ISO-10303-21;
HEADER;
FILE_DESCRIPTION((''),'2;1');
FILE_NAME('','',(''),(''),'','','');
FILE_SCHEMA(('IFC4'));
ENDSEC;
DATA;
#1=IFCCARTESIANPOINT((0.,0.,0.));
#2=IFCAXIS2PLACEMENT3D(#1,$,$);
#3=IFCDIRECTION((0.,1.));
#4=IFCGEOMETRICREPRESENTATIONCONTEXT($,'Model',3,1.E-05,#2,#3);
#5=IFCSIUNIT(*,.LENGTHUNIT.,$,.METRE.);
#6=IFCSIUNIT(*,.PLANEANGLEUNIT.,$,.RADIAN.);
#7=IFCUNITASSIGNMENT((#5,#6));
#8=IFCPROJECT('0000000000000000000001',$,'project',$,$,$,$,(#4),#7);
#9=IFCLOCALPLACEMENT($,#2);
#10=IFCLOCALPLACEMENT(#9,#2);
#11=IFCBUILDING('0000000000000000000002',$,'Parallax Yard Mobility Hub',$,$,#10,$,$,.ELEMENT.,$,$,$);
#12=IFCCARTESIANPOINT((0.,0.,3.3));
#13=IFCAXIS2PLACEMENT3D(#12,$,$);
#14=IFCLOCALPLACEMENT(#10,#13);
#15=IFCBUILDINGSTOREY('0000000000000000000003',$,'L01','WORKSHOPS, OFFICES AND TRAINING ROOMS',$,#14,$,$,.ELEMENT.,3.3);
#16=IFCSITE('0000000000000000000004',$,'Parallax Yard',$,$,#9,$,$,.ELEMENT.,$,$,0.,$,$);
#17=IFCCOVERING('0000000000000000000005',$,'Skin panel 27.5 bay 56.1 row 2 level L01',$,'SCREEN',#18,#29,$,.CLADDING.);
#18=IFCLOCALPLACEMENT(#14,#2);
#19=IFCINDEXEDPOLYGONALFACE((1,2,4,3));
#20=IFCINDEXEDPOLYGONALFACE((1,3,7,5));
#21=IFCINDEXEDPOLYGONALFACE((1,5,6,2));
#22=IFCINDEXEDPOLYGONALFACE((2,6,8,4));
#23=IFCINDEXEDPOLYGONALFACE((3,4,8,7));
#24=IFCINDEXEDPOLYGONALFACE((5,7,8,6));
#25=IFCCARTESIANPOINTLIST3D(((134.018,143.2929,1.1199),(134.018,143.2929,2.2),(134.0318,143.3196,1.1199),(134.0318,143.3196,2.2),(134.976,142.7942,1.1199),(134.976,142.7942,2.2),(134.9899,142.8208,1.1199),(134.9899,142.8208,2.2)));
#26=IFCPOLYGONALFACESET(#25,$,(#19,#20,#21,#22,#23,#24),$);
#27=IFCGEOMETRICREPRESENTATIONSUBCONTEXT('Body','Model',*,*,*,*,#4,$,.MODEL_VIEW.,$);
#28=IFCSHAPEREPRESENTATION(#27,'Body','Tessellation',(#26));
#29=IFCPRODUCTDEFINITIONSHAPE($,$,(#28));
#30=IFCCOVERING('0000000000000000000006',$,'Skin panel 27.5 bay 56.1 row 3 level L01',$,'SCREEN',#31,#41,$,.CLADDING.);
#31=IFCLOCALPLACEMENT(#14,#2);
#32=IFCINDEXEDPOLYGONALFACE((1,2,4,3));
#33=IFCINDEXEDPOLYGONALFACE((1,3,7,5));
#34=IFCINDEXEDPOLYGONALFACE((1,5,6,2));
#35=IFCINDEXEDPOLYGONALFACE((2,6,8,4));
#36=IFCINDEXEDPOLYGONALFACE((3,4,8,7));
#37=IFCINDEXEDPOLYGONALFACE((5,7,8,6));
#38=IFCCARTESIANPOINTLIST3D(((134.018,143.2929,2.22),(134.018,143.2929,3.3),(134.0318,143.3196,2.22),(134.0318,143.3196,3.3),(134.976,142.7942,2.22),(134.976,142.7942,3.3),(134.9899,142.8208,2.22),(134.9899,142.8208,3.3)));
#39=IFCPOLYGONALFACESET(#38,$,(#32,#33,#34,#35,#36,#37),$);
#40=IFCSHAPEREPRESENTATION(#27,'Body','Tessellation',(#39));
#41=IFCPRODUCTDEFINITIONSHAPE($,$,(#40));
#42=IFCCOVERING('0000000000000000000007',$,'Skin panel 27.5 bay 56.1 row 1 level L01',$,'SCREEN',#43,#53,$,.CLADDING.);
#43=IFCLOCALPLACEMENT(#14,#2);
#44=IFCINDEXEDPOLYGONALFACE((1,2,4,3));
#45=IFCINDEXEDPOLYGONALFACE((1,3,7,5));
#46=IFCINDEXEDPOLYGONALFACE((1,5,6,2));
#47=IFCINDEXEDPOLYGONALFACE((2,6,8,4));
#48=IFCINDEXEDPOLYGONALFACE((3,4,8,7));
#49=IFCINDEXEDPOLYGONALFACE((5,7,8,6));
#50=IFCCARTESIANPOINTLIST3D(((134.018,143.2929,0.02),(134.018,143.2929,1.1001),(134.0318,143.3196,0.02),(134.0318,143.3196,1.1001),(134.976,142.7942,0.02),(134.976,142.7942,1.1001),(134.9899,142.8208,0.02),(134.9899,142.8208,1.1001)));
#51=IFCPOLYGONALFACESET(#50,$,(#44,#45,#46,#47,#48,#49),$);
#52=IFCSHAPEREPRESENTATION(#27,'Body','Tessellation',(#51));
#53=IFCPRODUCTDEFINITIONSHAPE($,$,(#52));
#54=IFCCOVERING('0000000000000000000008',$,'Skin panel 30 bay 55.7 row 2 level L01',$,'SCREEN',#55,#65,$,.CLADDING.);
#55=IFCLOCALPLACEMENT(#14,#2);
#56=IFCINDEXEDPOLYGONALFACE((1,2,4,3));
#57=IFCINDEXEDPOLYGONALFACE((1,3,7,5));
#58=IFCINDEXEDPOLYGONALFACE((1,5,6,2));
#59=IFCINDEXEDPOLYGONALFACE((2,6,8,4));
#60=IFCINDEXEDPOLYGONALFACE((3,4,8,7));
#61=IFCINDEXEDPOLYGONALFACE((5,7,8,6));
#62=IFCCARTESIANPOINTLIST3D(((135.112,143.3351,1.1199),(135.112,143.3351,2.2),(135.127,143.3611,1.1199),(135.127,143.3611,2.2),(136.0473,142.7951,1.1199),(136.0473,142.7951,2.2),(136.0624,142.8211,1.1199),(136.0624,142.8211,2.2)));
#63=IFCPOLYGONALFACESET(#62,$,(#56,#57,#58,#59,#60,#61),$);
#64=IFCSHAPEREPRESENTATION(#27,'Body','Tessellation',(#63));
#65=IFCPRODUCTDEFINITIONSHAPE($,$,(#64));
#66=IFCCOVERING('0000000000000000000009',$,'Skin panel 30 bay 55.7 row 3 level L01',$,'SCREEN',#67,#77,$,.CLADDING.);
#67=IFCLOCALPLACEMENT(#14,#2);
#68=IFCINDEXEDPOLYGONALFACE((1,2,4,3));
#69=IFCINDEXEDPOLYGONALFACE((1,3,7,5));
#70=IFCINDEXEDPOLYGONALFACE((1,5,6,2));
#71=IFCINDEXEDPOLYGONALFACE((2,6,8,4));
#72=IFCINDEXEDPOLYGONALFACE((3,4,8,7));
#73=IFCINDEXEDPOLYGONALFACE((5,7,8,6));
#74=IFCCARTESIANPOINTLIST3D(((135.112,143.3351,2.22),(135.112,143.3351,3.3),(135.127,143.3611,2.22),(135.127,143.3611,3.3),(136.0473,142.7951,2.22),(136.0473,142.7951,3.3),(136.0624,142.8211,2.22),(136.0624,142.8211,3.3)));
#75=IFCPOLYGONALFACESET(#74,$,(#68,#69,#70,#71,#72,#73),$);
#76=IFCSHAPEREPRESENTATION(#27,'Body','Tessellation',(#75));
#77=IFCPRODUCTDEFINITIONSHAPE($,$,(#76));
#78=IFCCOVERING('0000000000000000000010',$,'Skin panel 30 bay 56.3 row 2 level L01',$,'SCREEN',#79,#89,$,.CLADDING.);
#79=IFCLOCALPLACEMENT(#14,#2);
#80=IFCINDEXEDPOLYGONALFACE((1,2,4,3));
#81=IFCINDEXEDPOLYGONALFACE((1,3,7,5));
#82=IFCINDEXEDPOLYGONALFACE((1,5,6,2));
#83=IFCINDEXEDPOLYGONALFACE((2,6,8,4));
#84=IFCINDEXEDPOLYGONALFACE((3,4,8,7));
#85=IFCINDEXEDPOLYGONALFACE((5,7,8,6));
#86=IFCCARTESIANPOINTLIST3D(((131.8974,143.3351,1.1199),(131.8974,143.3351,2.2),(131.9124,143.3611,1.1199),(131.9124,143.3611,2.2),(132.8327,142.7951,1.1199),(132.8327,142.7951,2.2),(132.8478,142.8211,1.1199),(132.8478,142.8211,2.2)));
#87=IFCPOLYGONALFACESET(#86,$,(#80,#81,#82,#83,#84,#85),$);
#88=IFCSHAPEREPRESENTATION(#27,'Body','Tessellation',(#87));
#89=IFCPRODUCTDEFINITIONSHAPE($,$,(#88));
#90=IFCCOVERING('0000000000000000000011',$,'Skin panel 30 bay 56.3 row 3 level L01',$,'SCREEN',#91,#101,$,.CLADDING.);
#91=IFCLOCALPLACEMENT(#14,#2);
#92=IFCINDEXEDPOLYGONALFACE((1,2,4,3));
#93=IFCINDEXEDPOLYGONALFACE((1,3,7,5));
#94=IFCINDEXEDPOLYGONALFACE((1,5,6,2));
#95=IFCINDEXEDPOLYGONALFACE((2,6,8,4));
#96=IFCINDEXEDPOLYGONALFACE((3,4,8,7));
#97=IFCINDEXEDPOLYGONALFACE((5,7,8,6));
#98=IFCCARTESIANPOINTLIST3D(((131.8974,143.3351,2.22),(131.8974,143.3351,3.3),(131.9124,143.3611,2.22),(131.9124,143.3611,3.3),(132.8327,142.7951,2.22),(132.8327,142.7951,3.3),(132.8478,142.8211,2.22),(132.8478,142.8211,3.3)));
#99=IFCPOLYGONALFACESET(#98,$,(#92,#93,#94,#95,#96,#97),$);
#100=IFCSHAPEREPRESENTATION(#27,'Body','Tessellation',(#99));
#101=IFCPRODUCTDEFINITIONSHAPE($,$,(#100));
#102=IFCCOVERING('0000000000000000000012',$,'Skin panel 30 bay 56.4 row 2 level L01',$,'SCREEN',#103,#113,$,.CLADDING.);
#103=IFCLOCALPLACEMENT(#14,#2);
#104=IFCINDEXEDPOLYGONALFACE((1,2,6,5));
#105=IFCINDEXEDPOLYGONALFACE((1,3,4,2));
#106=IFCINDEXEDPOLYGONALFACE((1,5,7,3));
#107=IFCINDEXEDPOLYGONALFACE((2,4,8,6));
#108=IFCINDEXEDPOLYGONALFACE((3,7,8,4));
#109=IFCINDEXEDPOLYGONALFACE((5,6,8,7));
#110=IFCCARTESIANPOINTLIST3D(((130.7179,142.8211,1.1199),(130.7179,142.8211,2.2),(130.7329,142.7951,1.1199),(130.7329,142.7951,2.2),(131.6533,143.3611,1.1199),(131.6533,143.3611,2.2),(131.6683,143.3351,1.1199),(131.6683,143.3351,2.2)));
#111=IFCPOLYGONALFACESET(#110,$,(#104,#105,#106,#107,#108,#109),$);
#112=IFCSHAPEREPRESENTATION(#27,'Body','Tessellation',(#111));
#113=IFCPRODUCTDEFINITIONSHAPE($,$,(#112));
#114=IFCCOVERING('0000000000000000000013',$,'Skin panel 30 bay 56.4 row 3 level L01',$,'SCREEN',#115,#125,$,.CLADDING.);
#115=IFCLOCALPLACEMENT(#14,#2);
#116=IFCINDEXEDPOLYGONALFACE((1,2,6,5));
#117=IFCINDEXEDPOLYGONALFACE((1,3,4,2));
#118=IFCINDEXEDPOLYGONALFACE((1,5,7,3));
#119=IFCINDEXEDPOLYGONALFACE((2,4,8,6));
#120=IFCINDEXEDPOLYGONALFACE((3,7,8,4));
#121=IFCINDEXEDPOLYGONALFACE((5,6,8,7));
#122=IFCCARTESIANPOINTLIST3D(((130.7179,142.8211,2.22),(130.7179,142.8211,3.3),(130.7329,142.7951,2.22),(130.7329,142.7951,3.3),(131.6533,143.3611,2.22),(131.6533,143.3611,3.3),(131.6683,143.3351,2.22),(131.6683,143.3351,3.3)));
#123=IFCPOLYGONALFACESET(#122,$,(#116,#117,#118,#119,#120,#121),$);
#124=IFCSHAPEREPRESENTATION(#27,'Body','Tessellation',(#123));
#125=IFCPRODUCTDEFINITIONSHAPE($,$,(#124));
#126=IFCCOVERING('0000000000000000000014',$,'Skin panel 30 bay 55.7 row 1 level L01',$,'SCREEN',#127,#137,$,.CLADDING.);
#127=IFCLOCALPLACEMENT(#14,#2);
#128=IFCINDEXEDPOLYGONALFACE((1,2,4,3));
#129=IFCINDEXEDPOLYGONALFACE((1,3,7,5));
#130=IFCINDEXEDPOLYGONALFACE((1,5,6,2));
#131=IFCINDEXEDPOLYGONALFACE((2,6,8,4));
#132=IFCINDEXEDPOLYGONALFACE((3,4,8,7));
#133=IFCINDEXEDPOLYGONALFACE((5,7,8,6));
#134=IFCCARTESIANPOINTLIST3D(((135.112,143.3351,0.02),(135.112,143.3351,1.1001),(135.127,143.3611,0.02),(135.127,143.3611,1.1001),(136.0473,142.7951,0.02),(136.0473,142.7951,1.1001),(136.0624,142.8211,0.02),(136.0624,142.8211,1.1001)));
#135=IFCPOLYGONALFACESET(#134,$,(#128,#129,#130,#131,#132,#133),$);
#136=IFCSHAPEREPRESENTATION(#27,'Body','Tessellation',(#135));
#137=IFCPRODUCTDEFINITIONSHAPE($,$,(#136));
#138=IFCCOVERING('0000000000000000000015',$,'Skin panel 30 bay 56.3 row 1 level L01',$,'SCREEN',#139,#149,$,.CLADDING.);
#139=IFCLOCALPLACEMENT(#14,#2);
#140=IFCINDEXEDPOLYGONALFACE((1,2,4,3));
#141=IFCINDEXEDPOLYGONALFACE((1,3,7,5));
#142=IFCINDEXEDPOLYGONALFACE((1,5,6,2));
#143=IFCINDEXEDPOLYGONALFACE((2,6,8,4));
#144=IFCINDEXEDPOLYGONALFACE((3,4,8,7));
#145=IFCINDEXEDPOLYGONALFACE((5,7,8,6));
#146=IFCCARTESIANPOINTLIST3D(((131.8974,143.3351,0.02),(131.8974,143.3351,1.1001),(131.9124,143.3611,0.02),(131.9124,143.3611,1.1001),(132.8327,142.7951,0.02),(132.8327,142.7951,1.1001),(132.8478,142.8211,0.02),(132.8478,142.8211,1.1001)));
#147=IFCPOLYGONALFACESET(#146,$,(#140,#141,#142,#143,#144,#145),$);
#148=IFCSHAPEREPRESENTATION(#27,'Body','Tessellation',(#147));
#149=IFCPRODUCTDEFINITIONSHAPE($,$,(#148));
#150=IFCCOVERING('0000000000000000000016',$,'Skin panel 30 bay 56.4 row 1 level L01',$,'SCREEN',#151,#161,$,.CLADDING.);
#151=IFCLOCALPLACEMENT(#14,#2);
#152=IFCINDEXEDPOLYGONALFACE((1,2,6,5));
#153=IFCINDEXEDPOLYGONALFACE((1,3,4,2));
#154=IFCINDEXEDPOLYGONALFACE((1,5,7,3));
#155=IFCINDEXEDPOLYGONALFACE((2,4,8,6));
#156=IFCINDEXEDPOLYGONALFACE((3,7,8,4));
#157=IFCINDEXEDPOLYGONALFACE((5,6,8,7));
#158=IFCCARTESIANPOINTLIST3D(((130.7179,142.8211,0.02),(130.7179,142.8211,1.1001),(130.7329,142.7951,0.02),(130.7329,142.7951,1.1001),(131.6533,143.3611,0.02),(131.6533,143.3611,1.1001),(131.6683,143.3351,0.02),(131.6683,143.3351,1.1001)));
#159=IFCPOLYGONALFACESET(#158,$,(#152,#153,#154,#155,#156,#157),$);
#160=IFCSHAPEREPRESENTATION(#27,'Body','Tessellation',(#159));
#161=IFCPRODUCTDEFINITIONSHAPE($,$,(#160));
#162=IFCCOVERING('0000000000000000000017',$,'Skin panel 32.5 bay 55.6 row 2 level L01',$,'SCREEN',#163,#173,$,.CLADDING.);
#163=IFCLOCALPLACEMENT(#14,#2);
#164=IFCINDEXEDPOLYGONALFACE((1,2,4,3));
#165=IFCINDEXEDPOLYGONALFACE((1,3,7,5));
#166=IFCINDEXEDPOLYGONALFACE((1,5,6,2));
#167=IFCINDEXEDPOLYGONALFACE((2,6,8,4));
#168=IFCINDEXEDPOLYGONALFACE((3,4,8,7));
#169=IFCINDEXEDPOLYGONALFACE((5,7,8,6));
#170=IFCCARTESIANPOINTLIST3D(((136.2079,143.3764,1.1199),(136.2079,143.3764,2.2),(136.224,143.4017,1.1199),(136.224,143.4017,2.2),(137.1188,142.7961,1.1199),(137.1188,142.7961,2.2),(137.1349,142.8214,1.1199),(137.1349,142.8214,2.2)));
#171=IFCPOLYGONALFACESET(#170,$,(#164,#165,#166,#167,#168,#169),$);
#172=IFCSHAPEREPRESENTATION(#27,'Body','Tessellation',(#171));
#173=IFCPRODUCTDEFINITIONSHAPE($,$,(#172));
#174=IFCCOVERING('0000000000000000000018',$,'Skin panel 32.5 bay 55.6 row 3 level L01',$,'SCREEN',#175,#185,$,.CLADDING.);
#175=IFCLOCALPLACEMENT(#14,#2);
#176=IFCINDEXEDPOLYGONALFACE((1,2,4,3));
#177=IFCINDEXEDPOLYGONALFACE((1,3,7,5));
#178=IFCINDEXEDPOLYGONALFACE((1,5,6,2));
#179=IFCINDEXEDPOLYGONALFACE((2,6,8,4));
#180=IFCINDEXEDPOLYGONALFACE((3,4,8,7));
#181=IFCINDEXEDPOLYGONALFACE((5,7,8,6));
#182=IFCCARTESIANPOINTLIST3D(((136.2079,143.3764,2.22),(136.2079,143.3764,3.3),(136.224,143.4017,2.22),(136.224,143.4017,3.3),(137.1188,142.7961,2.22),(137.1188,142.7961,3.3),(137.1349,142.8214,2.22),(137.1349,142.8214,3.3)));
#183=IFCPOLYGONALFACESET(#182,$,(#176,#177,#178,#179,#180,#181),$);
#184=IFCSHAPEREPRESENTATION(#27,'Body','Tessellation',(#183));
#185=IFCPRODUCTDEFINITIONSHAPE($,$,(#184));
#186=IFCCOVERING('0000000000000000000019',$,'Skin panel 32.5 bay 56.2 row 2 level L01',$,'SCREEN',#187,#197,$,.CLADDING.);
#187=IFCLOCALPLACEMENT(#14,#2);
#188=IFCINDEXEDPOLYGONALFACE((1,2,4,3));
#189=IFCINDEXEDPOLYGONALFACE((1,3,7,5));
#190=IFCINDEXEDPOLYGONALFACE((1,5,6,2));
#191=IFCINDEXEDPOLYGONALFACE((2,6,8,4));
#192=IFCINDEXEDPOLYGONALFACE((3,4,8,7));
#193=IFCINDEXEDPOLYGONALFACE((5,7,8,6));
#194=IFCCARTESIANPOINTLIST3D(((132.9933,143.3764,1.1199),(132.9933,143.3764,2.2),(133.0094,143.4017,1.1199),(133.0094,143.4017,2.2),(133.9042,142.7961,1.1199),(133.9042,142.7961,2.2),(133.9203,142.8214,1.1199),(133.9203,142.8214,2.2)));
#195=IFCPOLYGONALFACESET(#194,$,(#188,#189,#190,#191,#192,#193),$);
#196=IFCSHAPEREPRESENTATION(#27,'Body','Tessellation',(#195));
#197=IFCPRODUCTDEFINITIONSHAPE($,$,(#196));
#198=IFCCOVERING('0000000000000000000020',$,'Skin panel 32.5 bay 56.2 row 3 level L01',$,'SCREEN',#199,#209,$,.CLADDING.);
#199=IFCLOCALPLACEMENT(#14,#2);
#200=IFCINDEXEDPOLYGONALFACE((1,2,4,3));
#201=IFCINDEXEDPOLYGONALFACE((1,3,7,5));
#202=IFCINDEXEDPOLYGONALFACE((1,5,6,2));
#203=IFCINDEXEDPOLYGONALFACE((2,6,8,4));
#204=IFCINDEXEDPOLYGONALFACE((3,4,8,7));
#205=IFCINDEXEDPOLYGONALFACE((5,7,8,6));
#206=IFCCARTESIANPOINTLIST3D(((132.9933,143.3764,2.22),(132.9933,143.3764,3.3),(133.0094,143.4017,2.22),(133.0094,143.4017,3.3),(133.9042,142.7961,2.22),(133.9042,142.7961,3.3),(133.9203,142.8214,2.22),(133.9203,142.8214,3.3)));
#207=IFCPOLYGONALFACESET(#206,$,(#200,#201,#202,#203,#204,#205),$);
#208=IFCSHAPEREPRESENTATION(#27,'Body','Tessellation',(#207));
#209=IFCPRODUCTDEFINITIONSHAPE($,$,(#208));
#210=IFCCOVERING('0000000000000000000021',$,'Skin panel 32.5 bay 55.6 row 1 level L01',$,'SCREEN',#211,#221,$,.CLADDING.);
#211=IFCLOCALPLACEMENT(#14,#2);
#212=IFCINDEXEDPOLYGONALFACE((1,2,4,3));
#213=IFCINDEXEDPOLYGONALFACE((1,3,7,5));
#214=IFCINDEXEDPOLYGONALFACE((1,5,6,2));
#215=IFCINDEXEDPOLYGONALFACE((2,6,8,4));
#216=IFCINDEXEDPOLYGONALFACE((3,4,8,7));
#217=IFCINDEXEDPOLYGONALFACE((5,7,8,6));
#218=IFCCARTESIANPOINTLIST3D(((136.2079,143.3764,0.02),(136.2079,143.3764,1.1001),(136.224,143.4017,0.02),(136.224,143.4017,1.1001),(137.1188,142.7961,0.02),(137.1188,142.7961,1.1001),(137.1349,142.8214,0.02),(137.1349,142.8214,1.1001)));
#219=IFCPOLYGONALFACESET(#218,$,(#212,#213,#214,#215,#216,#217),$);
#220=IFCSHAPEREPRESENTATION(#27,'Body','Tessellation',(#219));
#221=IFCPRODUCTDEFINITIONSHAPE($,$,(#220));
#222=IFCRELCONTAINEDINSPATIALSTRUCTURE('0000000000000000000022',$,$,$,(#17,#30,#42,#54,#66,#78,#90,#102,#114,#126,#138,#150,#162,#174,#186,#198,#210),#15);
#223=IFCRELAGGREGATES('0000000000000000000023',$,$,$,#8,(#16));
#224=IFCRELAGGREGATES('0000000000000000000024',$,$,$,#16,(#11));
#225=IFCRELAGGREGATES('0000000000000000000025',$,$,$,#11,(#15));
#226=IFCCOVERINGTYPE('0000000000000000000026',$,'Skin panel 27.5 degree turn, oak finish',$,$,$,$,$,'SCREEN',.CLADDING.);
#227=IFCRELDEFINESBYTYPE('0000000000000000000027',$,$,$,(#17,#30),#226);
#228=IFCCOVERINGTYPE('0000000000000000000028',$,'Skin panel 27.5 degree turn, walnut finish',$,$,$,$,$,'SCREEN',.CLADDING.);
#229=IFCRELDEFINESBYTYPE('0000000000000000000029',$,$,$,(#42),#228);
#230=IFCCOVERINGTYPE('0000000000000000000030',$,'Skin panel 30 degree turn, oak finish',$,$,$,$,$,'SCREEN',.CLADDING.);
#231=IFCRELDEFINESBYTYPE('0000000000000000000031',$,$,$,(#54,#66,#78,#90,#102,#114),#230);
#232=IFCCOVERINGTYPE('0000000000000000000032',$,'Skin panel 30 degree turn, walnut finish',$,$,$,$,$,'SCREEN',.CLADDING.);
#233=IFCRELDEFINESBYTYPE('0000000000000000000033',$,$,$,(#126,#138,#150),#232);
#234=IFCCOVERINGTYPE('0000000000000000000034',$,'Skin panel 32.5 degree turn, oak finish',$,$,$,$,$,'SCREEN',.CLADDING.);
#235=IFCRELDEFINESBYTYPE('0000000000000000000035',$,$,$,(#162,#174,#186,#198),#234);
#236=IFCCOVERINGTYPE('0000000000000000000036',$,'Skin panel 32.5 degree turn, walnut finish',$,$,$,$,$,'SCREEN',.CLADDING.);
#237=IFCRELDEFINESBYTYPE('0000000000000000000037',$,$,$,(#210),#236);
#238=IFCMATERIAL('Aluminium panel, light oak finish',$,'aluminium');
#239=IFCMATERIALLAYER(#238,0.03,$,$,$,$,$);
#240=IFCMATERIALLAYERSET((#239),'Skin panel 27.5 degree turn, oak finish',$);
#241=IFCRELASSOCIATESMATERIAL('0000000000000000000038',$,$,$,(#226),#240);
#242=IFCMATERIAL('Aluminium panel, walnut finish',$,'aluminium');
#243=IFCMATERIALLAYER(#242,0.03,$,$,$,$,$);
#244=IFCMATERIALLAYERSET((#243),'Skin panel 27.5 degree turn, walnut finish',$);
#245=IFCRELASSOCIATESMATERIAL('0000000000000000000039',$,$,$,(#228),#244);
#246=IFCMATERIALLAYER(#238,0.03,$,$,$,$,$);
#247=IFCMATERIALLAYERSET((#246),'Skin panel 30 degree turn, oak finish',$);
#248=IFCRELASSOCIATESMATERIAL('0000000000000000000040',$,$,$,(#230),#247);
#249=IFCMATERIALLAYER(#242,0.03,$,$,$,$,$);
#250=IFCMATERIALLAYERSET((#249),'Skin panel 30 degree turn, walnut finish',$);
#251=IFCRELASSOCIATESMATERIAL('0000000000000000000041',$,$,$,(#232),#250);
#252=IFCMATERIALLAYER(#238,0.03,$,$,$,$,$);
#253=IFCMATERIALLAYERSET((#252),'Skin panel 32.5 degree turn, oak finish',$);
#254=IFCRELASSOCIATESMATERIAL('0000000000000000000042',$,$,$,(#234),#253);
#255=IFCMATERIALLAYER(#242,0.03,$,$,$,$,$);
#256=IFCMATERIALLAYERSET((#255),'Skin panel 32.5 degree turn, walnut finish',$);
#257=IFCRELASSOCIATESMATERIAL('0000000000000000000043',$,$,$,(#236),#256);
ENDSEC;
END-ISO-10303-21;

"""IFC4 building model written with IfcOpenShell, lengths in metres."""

from ifc_helpers import new_model, si_unit, direction, frame, origin, origin_2d, place, context, subcontext, project, spatial, rectangle, extrude, material, layer, layer_set, type_object, element, save


model = new_model("IFC4")

# Units and contexts
model_context = context("Model", 3, precision=1e-05, world=origin(), true_north=direction((0.0, 1.0)))
body_context = subcontext(model_context, "Body", "Model", "MODEL_VIEW")
ifc_project = project(units=[si_unit("LENGTHUNIT", "METRE"), si_unit("PLANEANGLEUNIT", "RADIAN")], contexts=[model_context])

# Site, building, storey
site_placement = place(None, origin())
site = spatial("IfcSite", under=ifc_project, at=site_placement, Name="Parallax Yard", CompositionType="ELEMENT", RefElevation=0.0)
building_placement = place(site_placement, origin())
building = spatial("IfcBuilding", under=site, at=building_placement, Name="Parallax Yard Mobility Hub", CompositionType="ELEMENT")
storey_placement = place(building_placement, frame((0.0, 0.0, 3.3)))
storey = spatial("IfcBuildingStorey", under=building, at=storey_placement, Name="L01", Description="WORKSHOPS, OFFICES AND TRAINING ROOMS", CompositionType="ELEMENT", Elevation=3.3)

# Coverings
ifc_material_1 = material(Name="Aluminium panel, light oak finish", Category="aluminium")
ifc_layer_1 = layer(ifc_material_1, 0.03)
ifc_layer_set_1 = layer_set([ifc_layer_1], Name="Skin panel 27.5 degree turn, oak finish")
covering_type_1 = type_object("IfcCoveringType", Name="Skin panel 27.5 degree turn, oak finish", ElementType="SCREEN", PredefinedType="CLADDING", material=ifc_layer_set_1)
for number, where, z_axis, x_axis, name in (
    (1, (134.5039, 143.0569, 1.1199), (0.0, 0.0, 1.0), (-0.887011, 0.461749, 0.0), "Skin panel 27.5 bay 56.1 row 2 level L01"),
    (2, (134.5039, 143.0569, 2.22), (0.0, 0.0, 1.0), (-0.887011, 0.461749, 0.0), "Skin panel 27.5 bay 56.1 row 3 level L01"),
):
    element("IfcCovering", number, at=place(storey_placement, frame(where, z_axis=z_axis, x_axis=x_axis)), inside=storey, type_object=covering_type_1, Name=name, ObjectType="SCREEN", PredefinedType="CLADDING", context=body_context, shape_type="SweptSolid", body=[
        extrude(rectangle(XDim=1.0801, YDim=0.03, at=origin_2d()), origin(), (0.0, 0.0, 1.0), 1.0801),
    ])
ifc_material_2 = material(Name="Aluminium panel, walnut finish", Category="aluminium")
ifc_layer_2 = layer(ifc_material_2, 0.03)
ifc_layer_set_2 = layer_set([ifc_layer_2], Name="Skin panel 27.5 degree turn, walnut finish")
covering_type_2 = type_object("IfcCoveringType", Name="Skin panel 27.5 degree turn, walnut finish", ElementType="SCREEN", PredefinedType="CLADDING", material=ifc_layer_set_2)
covering_1_placement = place(storey_placement, frame((134.5039, 143.0569, 0.02), z_axis=(0.0, 0.0, 1.0), x_axis=(-0.887011, 0.461749, 0.0)))
element("IfcCovering", 3, at=covering_1_placement, inside=storey, type_object=covering_type_2, Name="Skin panel 27.5 bay 56.1 row 1 level L01", ObjectType="SCREEN", PredefinedType="CLADDING", context=body_context, shape_type="SweptSolid", body=[
    extrude(rectangle(XDim=1.0801, YDim=0.03, at=origin_2d()), origin(), (0.0, 0.0, 1.0), 1.0801),
])
ifc_layer_3 = layer(ifc_material_1, 0.03)
ifc_layer_set_3 = layer_set([ifc_layer_3], Name="Skin panel 30 degree turn, oak finish")
covering_type_3 = type_object("IfcCoveringType", Name="Skin panel 30 degree turn, oak finish", ElementType="SCREEN", PredefinedType="CLADDING", material=ifc_layer_set_3)
for number, where, z_axis, x_axis, name in (
    (4, (135.5872, 143.0781, 1.1199), (0.0, 0.0, 1.0), (-0.866025, 0.5, 0.0), "Skin panel 30 bay 55.7 row 2 level L01"),
    (5, (135.5872, 143.0781, 2.22), (0.0, 0.0, 1.0), (-0.866025, 0.5, 0.0), "Skin panel 30 bay 55.7 row 3 level L01"),
    (6, (132.3726, 143.0781, 1.1199), (0.0, 0.0, 1.0), (-0.866025, 0.5, 0.0), "Skin panel 30 bay 56.3 row 2 level L01"),
    (7, (132.3726, 143.0781, 2.22), (0.0, 0.0, 1.0), (-0.866025, 0.5, 0.0), "Skin panel 30 bay 56.3 row 3 level L01"),
    (8, (131.1931, 143.0781, 1.1199), (0.0, 0.0, 1.0), (0.866025, 0.5, 0.0), "Skin panel 30 bay 56.4 row 2 level L01"),
    (9, (131.1931, 143.0781, 2.22), (0.0, 0.0, 1.0), (0.866025, 0.5, 0.0), "Skin panel 30 bay 56.4 row 3 level L01"),
):
    element("IfcCovering", number, at=place(storey_placement, frame(where, z_axis=z_axis, x_axis=x_axis)), inside=storey, type_object=covering_type_3, Name=name, ObjectType="SCREEN", PredefinedType="CLADDING", context=body_context, shape_type="SweptSolid", body=[
        extrude(rectangle(XDim=1.0801, YDim=0.03, at=origin_2d()), origin(), (0.0, 0.0, 1.0), 1.0801),
    ])
ifc_layer_4 = layer(ifc_material_2, 0.03)
ifc_layer_set_4 = layer_set([ifc_layer_4], Name="Skin panel 30 degree turn, walnut finish")
covering_type_4 = type_object("IfcCoveringType", Name="Skin panel 30 degree turn, walnut finish", ElementType="SCREEN", PredefinedType="CLADDING", material=ifc_layer_set_4)
for number, where, z_axis, x_axis, name in (
    (10, (135.5872, 143.0781, 0.02), (0.0, 0.0, 1.0), (-0.866025, 0.5, 0.0), "Skin panel 30 bay 55.7 row 1 level L01"),
    (11, (132.3726, 143.0781, 0.02), (0.0, 0.0, 1.0), (-0.866025, 0.5, 0.0), "Skin panel 30 bay 56.3 row 1 level L01"),
    (12, (131.1931, 143.0781, 0.02), (0.0, 0.0, 1.0), (0.866025, 0.5, 0.0), "Skin panel 30 bay 56.4 row 1 level L01"),
):
    element("IfcCovering", number, at=place(storey_placement, frame(where, z_axis=z_axis, x_axis=x_axis)), inside=storey, type_object=covering_type_4, Name=name, ObjectType="SCREEN", PredefinedType="CLADDING", context=body_context, shape_type="SweptSolid", body=[
        extrude(rectangle(XDim=1.0801, YDim=0.03, at=origin_2d()), origin(), (0.0, 0.0, 1.0), 1.0801),
    ])
ifc_layer_5 = layer(ifc_material_1, 0.03)
ifc_layer_set_5 = layer_set([ifc_layer_5], Name="Skin panel 32.5 degree turn, oak finish")
covering_type_5 = type_object("IfcCoveringType", Name="Skin panel 32.5 degree turn, oak finish", ElementType="SCREEN", PredefinedType="CLADDING", material=ifc_layer_set_5)
for number, where, z_axis, x_axis, name in (
    (13, (136.6714, 143.0989, 1.1199), (0.0, 0.0, 1.0), (-0.843391, 0.5373, 0.0), "Skin panel 32.5 bay 55.6 row 2 level L01"),
    (14, (136.6714, 143.0989, 2.22), (0.0, 0.0, 1.0), (-0.843391, 0.5373, 0.0), "Skin panel 32.5 bay 55.6 row 3 level L01"),
    (15, (133.4568, 143.0989, 1.1199), (0.0, 0.0, 1.0), (-0.843391, 0.5373, 0.0), "Skin panel 32.5 bay 56.2 row 2 level L01"),
    (16, (133.4568, 143.0989, 2.22), (0.0, 0.0, 1.0), (-0.843391, 0.5373, 0.0), "Skin panel 32.5 bay 56.2 row 3 level L01"),
):
    element("IfcCovering", number, at=place(storey_placement, frame(where, z_axis=z_axis, x_axis=x_axis)), inside=storey, type_object=covering_type_5, Name=name, ObjectType="SCREEN", PredefinedType="CLADDING", context=body_context, shape_type="SweptSolid", body=[
        extrude(rectangle(XDim=1.0801, YDim=0.03, at=origin_2d()), origin(), (0.0, 0.0, 1.0), 1.0801),
    ])
ifc_layer_6 = layer(ifc_material_2, 0.03)
ifc_layer_set_6 = layer_set([ifc_layer_6], Name="Skin panel 32.5 degree turn, walnut finish")
covering_type_6 = type_object("IfcCoveringType", Name="Skin panel 32.5 degree turn, walnut finish", ElementType="SCREEN", PredefinedType="CLADDING", material=ifc_layer_set_6)
for number, where, z_axis, x_axis, name in (
    (17, (136.6714, 143.0989, 0.02), (0.0, 0.0, 1.0), (-0.843391, 0.5373, 0.0), "Skin panel 32.5 bay 55.6 row 1 level L01"),
):
    element("IfcCovering", number, at=place(storey_placement, frame(where, z_axis=z_axis, x_axis=x_axis)), inside=storey, type_object=covering_type_6, Name=name, ObjectType="SCREEN", PredefinedType="CLADDING", context=body_context, shape_type="SweptSolid", body=[
        extrude(rectangle(XDim=1.0801, YDim=0.03, at=origin_2d()), origin(), (0.0, 0.0, 1.0), 1.0801),
    ])

save(model, "model.ifc")
